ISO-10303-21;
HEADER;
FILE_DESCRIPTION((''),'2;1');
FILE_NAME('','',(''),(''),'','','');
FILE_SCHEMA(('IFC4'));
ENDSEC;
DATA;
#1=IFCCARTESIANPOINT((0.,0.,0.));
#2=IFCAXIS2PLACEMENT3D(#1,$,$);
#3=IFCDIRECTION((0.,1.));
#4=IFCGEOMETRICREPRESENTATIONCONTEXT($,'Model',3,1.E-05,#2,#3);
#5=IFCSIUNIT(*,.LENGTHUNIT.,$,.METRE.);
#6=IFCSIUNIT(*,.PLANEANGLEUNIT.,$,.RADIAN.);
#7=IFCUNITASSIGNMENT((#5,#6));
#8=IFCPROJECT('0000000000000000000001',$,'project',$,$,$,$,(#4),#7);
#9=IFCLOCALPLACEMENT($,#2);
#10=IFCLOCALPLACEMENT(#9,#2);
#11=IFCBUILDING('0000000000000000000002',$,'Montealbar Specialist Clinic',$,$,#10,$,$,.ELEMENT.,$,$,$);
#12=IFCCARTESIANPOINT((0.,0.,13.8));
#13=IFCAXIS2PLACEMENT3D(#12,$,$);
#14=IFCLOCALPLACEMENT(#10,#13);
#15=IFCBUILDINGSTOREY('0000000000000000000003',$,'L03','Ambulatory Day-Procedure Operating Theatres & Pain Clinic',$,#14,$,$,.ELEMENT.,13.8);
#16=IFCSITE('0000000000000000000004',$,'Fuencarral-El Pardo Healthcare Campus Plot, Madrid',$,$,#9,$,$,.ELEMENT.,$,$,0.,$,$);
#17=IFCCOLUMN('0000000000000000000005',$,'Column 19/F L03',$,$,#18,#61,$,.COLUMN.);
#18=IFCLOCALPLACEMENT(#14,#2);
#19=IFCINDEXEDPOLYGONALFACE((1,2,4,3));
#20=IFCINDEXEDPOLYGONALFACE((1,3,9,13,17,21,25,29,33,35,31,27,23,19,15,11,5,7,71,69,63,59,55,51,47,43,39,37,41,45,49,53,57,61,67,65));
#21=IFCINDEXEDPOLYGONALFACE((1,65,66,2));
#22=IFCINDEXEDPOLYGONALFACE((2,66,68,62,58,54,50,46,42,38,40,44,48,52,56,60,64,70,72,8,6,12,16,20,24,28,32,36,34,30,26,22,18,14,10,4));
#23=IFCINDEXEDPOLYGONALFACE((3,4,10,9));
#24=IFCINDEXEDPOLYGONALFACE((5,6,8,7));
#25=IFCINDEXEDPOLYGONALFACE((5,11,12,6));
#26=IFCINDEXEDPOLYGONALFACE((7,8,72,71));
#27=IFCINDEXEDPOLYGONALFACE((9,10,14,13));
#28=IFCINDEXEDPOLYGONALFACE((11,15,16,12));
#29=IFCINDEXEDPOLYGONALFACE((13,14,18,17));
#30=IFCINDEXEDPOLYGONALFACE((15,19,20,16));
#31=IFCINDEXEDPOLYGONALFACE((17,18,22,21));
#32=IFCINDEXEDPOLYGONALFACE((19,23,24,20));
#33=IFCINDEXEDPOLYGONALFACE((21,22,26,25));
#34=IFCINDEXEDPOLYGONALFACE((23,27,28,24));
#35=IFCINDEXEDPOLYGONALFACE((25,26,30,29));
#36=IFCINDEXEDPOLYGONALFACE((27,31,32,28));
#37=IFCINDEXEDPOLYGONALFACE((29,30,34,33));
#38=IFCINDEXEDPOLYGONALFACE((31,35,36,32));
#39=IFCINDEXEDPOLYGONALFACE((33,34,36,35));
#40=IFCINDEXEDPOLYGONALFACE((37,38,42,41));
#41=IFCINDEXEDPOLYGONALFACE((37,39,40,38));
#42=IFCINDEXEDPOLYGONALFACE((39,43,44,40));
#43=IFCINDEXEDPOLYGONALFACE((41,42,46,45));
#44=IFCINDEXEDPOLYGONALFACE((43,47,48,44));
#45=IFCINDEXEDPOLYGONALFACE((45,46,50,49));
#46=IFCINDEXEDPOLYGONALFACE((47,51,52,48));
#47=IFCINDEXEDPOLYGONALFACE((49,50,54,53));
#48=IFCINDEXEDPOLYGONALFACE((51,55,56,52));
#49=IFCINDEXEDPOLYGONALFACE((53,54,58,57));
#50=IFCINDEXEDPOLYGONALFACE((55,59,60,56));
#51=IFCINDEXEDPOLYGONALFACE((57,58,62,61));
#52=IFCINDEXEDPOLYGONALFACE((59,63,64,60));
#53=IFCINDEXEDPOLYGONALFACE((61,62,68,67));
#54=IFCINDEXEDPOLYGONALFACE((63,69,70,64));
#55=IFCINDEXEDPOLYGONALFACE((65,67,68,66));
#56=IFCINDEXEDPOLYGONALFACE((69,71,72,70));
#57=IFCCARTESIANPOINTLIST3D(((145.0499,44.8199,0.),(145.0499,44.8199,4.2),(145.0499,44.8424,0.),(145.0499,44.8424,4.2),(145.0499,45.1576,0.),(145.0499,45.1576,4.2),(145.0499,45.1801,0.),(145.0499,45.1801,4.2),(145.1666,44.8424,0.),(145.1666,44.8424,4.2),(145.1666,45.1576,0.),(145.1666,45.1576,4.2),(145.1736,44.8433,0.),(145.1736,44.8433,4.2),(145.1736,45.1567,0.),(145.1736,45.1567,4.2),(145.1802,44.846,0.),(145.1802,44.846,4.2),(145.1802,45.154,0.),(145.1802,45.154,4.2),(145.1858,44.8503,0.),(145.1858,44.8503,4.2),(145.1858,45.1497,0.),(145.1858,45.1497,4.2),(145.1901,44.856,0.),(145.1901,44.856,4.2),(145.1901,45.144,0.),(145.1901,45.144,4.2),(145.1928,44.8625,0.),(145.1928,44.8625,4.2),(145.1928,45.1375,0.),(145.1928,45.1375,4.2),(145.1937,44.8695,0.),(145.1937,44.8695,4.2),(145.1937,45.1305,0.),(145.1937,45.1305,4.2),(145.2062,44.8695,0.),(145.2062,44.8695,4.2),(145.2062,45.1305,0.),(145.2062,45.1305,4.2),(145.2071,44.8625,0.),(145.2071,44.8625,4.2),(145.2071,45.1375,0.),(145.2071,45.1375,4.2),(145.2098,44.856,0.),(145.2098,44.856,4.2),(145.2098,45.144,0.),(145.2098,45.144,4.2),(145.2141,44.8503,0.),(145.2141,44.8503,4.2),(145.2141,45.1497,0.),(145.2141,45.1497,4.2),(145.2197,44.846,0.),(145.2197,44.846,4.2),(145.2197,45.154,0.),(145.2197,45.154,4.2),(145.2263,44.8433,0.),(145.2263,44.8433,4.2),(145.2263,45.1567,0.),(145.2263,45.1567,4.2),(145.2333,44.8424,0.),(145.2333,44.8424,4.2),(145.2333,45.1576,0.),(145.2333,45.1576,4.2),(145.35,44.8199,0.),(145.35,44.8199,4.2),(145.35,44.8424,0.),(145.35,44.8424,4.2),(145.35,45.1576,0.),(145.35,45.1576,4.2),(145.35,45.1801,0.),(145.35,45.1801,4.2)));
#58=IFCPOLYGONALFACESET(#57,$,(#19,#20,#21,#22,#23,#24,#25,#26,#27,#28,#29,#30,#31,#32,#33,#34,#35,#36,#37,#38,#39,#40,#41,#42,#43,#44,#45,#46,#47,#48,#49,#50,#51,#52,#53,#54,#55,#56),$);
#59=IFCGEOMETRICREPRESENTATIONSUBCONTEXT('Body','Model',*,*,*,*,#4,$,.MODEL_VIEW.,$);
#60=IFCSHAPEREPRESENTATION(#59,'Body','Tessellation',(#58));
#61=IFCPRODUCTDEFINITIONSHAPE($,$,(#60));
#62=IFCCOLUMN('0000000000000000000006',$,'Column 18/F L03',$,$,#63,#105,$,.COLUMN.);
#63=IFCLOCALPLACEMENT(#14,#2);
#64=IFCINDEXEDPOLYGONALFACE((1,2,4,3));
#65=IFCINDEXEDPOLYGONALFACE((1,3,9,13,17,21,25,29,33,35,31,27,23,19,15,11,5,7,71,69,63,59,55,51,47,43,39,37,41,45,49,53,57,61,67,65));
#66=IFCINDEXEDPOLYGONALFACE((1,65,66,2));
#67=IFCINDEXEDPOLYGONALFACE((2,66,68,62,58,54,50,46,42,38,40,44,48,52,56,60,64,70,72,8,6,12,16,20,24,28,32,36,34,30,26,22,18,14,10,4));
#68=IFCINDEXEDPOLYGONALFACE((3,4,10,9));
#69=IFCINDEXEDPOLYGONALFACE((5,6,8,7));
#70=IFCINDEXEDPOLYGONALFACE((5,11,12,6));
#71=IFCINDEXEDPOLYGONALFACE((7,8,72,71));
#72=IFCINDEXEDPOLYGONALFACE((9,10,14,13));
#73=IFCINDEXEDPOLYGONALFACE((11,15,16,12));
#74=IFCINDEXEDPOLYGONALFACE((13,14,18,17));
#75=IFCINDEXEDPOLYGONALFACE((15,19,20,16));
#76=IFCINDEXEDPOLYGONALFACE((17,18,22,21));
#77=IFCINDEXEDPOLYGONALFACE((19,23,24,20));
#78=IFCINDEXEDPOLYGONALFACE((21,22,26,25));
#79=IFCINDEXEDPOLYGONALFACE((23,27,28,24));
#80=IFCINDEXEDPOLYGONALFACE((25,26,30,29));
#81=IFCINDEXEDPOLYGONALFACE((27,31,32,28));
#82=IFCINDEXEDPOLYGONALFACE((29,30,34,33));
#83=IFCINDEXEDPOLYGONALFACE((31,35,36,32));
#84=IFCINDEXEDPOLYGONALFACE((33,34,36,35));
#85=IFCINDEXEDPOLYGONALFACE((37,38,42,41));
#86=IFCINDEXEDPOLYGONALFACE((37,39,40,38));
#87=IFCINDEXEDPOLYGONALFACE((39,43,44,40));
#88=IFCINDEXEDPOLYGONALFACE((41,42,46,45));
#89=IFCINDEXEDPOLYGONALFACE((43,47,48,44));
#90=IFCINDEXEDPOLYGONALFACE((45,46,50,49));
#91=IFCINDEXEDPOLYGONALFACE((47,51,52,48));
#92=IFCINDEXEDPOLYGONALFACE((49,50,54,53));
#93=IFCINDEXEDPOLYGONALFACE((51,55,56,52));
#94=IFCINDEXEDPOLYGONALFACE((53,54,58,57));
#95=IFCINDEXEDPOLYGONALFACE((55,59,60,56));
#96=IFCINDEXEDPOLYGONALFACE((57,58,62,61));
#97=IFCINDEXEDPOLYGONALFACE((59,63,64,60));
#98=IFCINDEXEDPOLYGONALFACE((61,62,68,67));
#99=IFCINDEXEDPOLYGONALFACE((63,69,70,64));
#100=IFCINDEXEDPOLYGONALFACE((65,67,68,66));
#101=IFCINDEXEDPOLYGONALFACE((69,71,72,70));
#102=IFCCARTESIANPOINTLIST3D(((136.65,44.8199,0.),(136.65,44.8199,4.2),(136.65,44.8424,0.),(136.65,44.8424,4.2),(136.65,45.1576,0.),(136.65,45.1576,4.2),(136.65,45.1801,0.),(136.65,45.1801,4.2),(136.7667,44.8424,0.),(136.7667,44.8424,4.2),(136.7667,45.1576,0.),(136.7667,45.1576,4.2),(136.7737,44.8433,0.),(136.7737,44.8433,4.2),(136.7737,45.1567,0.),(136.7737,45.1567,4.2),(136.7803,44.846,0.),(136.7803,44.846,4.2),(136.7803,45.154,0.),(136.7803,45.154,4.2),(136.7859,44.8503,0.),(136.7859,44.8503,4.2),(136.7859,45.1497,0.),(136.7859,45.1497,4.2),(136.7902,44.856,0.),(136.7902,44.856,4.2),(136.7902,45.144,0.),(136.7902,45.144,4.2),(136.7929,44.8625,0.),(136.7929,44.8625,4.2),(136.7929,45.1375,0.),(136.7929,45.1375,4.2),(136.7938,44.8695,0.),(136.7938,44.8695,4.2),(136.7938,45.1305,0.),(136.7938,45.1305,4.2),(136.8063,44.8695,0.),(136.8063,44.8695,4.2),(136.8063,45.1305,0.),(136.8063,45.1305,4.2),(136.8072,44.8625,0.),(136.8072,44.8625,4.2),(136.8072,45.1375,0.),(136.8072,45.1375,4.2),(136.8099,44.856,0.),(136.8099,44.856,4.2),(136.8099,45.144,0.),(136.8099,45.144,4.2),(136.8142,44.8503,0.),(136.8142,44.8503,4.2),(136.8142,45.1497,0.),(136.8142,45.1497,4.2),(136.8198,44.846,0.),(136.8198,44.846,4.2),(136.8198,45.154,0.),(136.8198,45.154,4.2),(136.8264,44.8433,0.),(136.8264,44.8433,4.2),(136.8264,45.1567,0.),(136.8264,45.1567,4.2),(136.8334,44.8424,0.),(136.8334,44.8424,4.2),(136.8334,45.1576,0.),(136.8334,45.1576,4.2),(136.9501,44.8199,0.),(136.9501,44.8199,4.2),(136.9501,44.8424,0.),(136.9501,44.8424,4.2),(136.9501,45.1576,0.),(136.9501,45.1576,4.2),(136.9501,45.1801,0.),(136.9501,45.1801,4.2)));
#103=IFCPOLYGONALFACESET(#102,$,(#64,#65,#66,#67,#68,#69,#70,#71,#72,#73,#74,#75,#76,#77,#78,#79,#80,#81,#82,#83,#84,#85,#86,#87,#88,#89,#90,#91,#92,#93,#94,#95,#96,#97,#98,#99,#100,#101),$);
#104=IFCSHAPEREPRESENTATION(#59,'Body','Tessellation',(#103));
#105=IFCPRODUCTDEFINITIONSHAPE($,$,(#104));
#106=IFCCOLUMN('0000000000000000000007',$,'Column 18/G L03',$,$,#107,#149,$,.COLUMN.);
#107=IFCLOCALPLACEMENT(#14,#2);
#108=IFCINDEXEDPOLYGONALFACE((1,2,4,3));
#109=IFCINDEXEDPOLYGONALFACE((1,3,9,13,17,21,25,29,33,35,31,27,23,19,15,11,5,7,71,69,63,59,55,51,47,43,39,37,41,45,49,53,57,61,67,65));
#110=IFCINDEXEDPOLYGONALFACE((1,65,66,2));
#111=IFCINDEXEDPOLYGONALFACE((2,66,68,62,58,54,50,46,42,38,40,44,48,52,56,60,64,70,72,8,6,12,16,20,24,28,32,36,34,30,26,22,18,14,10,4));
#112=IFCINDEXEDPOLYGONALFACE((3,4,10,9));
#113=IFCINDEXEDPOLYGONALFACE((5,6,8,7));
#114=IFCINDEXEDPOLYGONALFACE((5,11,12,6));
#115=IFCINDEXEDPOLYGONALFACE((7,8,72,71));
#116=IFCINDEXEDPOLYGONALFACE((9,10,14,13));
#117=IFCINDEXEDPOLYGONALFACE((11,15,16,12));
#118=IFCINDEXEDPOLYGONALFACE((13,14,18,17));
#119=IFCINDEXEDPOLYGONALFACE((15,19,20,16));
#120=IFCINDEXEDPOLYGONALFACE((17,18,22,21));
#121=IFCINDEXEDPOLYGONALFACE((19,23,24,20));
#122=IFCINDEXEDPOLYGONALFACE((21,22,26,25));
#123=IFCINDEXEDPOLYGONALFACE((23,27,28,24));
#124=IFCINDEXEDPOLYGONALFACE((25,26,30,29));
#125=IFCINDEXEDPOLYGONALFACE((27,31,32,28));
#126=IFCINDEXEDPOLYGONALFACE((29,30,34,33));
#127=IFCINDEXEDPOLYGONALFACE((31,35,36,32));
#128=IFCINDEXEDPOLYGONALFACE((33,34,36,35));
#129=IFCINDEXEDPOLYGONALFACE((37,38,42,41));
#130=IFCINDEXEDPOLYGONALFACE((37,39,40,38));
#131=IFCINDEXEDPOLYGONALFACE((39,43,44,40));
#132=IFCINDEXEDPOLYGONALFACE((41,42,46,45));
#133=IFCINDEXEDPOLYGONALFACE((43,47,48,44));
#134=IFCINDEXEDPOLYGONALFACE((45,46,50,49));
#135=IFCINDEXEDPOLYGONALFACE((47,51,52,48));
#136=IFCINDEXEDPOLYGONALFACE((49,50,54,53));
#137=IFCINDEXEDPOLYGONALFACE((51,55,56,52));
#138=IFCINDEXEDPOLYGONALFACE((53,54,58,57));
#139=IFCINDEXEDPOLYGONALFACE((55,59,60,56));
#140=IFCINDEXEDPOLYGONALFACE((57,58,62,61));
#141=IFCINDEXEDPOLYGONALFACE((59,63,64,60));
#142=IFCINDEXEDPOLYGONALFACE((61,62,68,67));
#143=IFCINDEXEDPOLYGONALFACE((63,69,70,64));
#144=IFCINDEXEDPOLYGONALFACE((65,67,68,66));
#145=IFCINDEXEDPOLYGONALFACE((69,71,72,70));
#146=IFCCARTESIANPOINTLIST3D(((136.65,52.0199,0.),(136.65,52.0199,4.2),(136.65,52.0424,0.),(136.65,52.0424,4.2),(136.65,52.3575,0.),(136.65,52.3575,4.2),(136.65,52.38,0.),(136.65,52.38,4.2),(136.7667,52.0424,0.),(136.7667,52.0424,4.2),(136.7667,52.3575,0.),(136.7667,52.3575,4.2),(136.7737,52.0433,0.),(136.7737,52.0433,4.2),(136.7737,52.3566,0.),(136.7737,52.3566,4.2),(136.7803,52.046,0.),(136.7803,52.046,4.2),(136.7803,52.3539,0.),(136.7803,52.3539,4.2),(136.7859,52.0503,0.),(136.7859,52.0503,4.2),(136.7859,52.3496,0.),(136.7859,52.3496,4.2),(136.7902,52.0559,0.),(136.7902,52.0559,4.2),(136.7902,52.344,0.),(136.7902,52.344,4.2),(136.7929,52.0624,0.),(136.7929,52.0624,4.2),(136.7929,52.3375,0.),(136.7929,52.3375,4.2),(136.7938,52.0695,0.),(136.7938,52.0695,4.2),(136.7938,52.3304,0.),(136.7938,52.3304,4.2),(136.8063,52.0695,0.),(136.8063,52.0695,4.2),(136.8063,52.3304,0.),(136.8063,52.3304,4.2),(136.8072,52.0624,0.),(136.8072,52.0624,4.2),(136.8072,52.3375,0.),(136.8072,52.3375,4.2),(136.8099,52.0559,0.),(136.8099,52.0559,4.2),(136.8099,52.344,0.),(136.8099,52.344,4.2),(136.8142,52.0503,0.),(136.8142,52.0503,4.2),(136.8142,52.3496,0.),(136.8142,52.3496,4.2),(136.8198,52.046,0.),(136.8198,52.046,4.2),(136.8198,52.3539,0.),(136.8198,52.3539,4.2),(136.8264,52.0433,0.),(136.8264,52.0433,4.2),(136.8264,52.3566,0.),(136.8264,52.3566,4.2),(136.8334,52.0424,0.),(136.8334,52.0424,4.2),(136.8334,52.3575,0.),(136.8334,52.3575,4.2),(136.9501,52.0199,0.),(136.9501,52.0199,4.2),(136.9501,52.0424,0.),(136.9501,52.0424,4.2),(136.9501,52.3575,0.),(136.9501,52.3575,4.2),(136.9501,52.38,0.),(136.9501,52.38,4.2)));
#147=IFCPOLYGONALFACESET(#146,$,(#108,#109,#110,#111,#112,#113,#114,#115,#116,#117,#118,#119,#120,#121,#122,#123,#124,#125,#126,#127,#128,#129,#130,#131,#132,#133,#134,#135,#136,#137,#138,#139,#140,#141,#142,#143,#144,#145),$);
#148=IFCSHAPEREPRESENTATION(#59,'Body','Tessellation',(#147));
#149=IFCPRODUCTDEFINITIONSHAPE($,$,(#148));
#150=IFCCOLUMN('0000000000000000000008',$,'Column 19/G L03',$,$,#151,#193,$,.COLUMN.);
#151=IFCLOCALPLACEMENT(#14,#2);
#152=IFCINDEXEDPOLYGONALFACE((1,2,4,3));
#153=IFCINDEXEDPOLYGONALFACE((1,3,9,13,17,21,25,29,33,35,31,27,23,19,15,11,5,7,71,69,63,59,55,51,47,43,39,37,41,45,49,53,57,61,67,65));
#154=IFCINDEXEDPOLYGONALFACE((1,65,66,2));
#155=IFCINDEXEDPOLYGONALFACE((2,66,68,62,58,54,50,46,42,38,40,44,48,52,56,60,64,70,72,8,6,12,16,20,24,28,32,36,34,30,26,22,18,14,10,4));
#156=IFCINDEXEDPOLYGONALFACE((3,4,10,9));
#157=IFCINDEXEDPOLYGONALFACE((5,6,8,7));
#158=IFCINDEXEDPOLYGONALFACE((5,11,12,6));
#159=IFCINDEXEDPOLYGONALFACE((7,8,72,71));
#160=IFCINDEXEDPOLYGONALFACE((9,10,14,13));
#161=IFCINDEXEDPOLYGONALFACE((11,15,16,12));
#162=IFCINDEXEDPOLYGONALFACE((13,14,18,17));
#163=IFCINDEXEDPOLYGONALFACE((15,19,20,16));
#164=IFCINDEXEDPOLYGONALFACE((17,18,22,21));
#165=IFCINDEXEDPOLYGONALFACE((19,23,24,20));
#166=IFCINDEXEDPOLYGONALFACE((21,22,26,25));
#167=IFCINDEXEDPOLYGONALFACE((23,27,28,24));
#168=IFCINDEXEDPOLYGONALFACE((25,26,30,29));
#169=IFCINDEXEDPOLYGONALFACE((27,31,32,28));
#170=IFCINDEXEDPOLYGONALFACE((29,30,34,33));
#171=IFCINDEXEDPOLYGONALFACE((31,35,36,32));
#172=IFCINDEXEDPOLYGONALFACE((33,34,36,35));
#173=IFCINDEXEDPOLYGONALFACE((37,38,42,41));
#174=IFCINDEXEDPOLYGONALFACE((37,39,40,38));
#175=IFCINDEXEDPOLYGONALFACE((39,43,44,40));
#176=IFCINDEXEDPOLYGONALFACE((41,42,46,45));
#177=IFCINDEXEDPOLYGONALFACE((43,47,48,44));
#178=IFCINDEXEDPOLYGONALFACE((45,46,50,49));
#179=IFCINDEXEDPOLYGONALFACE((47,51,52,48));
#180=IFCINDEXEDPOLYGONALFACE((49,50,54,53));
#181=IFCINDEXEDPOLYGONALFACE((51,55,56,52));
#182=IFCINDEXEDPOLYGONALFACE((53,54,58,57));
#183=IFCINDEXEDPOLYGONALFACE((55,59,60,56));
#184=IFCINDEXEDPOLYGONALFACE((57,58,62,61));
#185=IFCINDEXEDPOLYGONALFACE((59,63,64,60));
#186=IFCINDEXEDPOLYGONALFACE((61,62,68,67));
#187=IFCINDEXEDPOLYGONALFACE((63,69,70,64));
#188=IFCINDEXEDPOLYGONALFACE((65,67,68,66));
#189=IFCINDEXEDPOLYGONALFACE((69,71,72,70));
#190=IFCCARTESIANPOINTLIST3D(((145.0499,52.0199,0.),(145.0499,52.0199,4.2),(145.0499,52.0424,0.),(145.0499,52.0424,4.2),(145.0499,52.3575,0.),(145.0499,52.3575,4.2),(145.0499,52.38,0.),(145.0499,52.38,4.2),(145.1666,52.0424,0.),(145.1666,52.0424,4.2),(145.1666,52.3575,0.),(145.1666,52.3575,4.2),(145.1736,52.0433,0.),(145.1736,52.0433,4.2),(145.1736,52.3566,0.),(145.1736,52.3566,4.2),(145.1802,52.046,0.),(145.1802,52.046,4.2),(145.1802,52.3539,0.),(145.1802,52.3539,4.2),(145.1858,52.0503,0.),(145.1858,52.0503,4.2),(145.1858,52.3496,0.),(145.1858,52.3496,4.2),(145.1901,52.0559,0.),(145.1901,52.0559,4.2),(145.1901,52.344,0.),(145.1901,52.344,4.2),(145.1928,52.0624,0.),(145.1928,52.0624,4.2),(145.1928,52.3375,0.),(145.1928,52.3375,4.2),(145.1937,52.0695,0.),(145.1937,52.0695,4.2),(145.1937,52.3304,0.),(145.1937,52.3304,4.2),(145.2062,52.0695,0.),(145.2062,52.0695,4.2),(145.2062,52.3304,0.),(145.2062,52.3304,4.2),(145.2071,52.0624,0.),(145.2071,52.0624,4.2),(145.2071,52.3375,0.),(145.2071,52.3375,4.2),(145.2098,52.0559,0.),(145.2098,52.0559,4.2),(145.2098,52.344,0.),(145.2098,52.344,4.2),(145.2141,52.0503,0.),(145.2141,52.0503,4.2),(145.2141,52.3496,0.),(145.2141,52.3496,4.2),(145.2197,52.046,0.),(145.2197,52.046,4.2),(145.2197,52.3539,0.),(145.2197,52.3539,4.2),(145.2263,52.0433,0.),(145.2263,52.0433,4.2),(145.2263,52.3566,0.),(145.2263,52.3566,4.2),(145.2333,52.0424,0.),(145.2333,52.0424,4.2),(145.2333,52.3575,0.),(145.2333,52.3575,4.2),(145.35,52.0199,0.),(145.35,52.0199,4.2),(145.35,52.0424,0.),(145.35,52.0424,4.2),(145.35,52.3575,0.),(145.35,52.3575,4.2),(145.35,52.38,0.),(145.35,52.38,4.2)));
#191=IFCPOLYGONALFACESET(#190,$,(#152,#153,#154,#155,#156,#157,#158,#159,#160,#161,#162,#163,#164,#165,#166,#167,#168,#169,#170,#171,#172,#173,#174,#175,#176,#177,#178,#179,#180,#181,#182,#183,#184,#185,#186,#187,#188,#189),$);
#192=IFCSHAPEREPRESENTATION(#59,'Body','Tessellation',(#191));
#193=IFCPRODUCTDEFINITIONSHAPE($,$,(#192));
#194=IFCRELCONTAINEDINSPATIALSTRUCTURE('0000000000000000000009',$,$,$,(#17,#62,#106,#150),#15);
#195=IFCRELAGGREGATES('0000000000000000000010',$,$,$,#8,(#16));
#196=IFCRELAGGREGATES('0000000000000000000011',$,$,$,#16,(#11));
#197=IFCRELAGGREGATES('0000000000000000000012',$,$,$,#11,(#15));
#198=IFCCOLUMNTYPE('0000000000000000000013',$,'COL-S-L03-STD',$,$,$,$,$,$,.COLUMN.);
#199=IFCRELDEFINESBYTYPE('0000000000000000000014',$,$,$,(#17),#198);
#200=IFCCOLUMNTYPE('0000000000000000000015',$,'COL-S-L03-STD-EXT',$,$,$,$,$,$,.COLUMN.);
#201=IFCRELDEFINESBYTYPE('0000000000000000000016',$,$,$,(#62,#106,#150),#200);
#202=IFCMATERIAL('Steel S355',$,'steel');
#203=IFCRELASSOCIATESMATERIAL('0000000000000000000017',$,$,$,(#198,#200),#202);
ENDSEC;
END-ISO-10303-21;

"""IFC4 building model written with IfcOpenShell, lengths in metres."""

from ifc_helpers import new_model, si_unit, direction, frame, origin, origin_2d, place, context, subcontext, project, spatial, i_section, extrude, material, material_profile, profile_set, type_object, element, save


model = new_model("IFC4")

# Units and contexts
model_context = context("Model", 3, precision=1e-05, world=origin(), true_north=direction((0.0, 1.0)))
body_context = subcontext(model_context, "Body", "Model", "MODEL_VIEW")
ifc_project = project(units=[si_unit("LENGTHUNIT", "METRE"), si_unit("PLANEANGLEUNIT", "RADIAN")], contexts=[model_context])

# Site, building, storey
site_placement = place(None, origin())
site = spatial("IfcSite", under=ifc_project, at=site_placement, Name="Fuencarral-El Pardo Healthcare Campus Plot, Madrid", CompositionType="ELEMENT", RefElevation=0.0)
building_placement = place(site_placement, origin())
building = spatial("IfcBuilding", under=site, at=building_placement, Name="Montealbar Specialist Clinic", CompositionType="ELEMENT")
storey_placement = place(building_placement, frame((0.0, 0.0, 13.8)))
storey = spatial("IfcBuildingStorey", under=building, at=storey_placement, Name="L03", Description="Ambulatory Day-Procedure Operating Theatres & Pain Clinic", CompositionType="ELEMENT", Elevation=13.8)

# Columns
ifc_material_1 = material(Name="Steel S355", Category="steel")
ifc_material_profile_1 = material_profile(ifc_material_1, i_section(OverallWidth=0.3, OverallDepth=0.3601, WebThickness=0.0125, FlangeThickness=0.0225, FilletRadius=0.0271, at=origin_2d()), Name="HEB 360", Category="steel")
ifc_profile_set_1 = profile_set([ifc_material_profile_1], Name="Steel S355")
column_type_1 = type_object("IfcColumnType", Name="COL-S-L03-STD", PredefinedType="COLUMN", material=ifc_profile_set_1)
column_placement = place(storey_placement, frame((145.2, 45.0, 0.0), z_axis=(0.0, 0.0, 1.0), x_axis=(1.0, 0.0, 0.0)))
element("IfcColumn", 1, at=column_placement, inside=storey, type_object=column_type_1, Name="Column 19/F L03", PredefinedType="COLUMN", context=body_context, shape_type="SweptSolid", body=[
    extrude(i_section(OverallWidth=0.3, OverallDepth=0.3601, WebThickness=0.0125, FlangeThickness=0.0225, FilletRadius=0.0271, at=origin_2d()), origin(), (0.0, 0.0, 1.0), 4.2),
])
ifc_material_profile_2 = material_profile(ifc_material_1, i_section(OverallWidth=0.3, OverallDepth=0.3601, WebThickness=0.0125, FlangeThickness=0.0225, FilletRadius=0.0271, at=origin_2d()), Name="HEB 360", Category="steel")
ifc_profile_set_2 = profile_set([ifc_material_profile_2], Name="Steel S355")
column_type_2 = type_object("IfcColumnType", Name="COL-S-L03-STD-EXT", PredefinedType="COLUMN", material=ifc_profile_set_2)
for number, where, z_axis, x_axis, name in (
    (2, (136.8, 45.0, 0.0), (0.0, 0.0, 1.0), (1.0, 0.0, 0.0), "Column 18/F L03"),
    (3, (136.8, 52.2, 0.0), (0.0, 0.0, 1.0), (1.0, 0.0, 0.0), "Column 18/G L03"),
    (4, (145.2, 52.2, 0.0), (0.0, 0.0, 1.0), (1.0, 0.0, 0.0), "Column 19/G L03"),
):
    element("IfcColumn", number, at=place(storey_placement, frame(where, z_axis=z_axis, x_axis=x_axis)), inside=storey, type_object=column_type_2, Name=name, PredefinedType="COLUMN", context=body_context, shape_type="SweptSolid", body=[
        extrude(i_section(OverallWidth=0.3, OverallDepth=0.3601, WebThickness=0.0125, FlangeThickness=0.0225, FilletRadius=0.0271, at=origin_2d()), origin(), (0.0, 0.0, 1.0), 4.2),
    ])

save(model, "model.ifc")
